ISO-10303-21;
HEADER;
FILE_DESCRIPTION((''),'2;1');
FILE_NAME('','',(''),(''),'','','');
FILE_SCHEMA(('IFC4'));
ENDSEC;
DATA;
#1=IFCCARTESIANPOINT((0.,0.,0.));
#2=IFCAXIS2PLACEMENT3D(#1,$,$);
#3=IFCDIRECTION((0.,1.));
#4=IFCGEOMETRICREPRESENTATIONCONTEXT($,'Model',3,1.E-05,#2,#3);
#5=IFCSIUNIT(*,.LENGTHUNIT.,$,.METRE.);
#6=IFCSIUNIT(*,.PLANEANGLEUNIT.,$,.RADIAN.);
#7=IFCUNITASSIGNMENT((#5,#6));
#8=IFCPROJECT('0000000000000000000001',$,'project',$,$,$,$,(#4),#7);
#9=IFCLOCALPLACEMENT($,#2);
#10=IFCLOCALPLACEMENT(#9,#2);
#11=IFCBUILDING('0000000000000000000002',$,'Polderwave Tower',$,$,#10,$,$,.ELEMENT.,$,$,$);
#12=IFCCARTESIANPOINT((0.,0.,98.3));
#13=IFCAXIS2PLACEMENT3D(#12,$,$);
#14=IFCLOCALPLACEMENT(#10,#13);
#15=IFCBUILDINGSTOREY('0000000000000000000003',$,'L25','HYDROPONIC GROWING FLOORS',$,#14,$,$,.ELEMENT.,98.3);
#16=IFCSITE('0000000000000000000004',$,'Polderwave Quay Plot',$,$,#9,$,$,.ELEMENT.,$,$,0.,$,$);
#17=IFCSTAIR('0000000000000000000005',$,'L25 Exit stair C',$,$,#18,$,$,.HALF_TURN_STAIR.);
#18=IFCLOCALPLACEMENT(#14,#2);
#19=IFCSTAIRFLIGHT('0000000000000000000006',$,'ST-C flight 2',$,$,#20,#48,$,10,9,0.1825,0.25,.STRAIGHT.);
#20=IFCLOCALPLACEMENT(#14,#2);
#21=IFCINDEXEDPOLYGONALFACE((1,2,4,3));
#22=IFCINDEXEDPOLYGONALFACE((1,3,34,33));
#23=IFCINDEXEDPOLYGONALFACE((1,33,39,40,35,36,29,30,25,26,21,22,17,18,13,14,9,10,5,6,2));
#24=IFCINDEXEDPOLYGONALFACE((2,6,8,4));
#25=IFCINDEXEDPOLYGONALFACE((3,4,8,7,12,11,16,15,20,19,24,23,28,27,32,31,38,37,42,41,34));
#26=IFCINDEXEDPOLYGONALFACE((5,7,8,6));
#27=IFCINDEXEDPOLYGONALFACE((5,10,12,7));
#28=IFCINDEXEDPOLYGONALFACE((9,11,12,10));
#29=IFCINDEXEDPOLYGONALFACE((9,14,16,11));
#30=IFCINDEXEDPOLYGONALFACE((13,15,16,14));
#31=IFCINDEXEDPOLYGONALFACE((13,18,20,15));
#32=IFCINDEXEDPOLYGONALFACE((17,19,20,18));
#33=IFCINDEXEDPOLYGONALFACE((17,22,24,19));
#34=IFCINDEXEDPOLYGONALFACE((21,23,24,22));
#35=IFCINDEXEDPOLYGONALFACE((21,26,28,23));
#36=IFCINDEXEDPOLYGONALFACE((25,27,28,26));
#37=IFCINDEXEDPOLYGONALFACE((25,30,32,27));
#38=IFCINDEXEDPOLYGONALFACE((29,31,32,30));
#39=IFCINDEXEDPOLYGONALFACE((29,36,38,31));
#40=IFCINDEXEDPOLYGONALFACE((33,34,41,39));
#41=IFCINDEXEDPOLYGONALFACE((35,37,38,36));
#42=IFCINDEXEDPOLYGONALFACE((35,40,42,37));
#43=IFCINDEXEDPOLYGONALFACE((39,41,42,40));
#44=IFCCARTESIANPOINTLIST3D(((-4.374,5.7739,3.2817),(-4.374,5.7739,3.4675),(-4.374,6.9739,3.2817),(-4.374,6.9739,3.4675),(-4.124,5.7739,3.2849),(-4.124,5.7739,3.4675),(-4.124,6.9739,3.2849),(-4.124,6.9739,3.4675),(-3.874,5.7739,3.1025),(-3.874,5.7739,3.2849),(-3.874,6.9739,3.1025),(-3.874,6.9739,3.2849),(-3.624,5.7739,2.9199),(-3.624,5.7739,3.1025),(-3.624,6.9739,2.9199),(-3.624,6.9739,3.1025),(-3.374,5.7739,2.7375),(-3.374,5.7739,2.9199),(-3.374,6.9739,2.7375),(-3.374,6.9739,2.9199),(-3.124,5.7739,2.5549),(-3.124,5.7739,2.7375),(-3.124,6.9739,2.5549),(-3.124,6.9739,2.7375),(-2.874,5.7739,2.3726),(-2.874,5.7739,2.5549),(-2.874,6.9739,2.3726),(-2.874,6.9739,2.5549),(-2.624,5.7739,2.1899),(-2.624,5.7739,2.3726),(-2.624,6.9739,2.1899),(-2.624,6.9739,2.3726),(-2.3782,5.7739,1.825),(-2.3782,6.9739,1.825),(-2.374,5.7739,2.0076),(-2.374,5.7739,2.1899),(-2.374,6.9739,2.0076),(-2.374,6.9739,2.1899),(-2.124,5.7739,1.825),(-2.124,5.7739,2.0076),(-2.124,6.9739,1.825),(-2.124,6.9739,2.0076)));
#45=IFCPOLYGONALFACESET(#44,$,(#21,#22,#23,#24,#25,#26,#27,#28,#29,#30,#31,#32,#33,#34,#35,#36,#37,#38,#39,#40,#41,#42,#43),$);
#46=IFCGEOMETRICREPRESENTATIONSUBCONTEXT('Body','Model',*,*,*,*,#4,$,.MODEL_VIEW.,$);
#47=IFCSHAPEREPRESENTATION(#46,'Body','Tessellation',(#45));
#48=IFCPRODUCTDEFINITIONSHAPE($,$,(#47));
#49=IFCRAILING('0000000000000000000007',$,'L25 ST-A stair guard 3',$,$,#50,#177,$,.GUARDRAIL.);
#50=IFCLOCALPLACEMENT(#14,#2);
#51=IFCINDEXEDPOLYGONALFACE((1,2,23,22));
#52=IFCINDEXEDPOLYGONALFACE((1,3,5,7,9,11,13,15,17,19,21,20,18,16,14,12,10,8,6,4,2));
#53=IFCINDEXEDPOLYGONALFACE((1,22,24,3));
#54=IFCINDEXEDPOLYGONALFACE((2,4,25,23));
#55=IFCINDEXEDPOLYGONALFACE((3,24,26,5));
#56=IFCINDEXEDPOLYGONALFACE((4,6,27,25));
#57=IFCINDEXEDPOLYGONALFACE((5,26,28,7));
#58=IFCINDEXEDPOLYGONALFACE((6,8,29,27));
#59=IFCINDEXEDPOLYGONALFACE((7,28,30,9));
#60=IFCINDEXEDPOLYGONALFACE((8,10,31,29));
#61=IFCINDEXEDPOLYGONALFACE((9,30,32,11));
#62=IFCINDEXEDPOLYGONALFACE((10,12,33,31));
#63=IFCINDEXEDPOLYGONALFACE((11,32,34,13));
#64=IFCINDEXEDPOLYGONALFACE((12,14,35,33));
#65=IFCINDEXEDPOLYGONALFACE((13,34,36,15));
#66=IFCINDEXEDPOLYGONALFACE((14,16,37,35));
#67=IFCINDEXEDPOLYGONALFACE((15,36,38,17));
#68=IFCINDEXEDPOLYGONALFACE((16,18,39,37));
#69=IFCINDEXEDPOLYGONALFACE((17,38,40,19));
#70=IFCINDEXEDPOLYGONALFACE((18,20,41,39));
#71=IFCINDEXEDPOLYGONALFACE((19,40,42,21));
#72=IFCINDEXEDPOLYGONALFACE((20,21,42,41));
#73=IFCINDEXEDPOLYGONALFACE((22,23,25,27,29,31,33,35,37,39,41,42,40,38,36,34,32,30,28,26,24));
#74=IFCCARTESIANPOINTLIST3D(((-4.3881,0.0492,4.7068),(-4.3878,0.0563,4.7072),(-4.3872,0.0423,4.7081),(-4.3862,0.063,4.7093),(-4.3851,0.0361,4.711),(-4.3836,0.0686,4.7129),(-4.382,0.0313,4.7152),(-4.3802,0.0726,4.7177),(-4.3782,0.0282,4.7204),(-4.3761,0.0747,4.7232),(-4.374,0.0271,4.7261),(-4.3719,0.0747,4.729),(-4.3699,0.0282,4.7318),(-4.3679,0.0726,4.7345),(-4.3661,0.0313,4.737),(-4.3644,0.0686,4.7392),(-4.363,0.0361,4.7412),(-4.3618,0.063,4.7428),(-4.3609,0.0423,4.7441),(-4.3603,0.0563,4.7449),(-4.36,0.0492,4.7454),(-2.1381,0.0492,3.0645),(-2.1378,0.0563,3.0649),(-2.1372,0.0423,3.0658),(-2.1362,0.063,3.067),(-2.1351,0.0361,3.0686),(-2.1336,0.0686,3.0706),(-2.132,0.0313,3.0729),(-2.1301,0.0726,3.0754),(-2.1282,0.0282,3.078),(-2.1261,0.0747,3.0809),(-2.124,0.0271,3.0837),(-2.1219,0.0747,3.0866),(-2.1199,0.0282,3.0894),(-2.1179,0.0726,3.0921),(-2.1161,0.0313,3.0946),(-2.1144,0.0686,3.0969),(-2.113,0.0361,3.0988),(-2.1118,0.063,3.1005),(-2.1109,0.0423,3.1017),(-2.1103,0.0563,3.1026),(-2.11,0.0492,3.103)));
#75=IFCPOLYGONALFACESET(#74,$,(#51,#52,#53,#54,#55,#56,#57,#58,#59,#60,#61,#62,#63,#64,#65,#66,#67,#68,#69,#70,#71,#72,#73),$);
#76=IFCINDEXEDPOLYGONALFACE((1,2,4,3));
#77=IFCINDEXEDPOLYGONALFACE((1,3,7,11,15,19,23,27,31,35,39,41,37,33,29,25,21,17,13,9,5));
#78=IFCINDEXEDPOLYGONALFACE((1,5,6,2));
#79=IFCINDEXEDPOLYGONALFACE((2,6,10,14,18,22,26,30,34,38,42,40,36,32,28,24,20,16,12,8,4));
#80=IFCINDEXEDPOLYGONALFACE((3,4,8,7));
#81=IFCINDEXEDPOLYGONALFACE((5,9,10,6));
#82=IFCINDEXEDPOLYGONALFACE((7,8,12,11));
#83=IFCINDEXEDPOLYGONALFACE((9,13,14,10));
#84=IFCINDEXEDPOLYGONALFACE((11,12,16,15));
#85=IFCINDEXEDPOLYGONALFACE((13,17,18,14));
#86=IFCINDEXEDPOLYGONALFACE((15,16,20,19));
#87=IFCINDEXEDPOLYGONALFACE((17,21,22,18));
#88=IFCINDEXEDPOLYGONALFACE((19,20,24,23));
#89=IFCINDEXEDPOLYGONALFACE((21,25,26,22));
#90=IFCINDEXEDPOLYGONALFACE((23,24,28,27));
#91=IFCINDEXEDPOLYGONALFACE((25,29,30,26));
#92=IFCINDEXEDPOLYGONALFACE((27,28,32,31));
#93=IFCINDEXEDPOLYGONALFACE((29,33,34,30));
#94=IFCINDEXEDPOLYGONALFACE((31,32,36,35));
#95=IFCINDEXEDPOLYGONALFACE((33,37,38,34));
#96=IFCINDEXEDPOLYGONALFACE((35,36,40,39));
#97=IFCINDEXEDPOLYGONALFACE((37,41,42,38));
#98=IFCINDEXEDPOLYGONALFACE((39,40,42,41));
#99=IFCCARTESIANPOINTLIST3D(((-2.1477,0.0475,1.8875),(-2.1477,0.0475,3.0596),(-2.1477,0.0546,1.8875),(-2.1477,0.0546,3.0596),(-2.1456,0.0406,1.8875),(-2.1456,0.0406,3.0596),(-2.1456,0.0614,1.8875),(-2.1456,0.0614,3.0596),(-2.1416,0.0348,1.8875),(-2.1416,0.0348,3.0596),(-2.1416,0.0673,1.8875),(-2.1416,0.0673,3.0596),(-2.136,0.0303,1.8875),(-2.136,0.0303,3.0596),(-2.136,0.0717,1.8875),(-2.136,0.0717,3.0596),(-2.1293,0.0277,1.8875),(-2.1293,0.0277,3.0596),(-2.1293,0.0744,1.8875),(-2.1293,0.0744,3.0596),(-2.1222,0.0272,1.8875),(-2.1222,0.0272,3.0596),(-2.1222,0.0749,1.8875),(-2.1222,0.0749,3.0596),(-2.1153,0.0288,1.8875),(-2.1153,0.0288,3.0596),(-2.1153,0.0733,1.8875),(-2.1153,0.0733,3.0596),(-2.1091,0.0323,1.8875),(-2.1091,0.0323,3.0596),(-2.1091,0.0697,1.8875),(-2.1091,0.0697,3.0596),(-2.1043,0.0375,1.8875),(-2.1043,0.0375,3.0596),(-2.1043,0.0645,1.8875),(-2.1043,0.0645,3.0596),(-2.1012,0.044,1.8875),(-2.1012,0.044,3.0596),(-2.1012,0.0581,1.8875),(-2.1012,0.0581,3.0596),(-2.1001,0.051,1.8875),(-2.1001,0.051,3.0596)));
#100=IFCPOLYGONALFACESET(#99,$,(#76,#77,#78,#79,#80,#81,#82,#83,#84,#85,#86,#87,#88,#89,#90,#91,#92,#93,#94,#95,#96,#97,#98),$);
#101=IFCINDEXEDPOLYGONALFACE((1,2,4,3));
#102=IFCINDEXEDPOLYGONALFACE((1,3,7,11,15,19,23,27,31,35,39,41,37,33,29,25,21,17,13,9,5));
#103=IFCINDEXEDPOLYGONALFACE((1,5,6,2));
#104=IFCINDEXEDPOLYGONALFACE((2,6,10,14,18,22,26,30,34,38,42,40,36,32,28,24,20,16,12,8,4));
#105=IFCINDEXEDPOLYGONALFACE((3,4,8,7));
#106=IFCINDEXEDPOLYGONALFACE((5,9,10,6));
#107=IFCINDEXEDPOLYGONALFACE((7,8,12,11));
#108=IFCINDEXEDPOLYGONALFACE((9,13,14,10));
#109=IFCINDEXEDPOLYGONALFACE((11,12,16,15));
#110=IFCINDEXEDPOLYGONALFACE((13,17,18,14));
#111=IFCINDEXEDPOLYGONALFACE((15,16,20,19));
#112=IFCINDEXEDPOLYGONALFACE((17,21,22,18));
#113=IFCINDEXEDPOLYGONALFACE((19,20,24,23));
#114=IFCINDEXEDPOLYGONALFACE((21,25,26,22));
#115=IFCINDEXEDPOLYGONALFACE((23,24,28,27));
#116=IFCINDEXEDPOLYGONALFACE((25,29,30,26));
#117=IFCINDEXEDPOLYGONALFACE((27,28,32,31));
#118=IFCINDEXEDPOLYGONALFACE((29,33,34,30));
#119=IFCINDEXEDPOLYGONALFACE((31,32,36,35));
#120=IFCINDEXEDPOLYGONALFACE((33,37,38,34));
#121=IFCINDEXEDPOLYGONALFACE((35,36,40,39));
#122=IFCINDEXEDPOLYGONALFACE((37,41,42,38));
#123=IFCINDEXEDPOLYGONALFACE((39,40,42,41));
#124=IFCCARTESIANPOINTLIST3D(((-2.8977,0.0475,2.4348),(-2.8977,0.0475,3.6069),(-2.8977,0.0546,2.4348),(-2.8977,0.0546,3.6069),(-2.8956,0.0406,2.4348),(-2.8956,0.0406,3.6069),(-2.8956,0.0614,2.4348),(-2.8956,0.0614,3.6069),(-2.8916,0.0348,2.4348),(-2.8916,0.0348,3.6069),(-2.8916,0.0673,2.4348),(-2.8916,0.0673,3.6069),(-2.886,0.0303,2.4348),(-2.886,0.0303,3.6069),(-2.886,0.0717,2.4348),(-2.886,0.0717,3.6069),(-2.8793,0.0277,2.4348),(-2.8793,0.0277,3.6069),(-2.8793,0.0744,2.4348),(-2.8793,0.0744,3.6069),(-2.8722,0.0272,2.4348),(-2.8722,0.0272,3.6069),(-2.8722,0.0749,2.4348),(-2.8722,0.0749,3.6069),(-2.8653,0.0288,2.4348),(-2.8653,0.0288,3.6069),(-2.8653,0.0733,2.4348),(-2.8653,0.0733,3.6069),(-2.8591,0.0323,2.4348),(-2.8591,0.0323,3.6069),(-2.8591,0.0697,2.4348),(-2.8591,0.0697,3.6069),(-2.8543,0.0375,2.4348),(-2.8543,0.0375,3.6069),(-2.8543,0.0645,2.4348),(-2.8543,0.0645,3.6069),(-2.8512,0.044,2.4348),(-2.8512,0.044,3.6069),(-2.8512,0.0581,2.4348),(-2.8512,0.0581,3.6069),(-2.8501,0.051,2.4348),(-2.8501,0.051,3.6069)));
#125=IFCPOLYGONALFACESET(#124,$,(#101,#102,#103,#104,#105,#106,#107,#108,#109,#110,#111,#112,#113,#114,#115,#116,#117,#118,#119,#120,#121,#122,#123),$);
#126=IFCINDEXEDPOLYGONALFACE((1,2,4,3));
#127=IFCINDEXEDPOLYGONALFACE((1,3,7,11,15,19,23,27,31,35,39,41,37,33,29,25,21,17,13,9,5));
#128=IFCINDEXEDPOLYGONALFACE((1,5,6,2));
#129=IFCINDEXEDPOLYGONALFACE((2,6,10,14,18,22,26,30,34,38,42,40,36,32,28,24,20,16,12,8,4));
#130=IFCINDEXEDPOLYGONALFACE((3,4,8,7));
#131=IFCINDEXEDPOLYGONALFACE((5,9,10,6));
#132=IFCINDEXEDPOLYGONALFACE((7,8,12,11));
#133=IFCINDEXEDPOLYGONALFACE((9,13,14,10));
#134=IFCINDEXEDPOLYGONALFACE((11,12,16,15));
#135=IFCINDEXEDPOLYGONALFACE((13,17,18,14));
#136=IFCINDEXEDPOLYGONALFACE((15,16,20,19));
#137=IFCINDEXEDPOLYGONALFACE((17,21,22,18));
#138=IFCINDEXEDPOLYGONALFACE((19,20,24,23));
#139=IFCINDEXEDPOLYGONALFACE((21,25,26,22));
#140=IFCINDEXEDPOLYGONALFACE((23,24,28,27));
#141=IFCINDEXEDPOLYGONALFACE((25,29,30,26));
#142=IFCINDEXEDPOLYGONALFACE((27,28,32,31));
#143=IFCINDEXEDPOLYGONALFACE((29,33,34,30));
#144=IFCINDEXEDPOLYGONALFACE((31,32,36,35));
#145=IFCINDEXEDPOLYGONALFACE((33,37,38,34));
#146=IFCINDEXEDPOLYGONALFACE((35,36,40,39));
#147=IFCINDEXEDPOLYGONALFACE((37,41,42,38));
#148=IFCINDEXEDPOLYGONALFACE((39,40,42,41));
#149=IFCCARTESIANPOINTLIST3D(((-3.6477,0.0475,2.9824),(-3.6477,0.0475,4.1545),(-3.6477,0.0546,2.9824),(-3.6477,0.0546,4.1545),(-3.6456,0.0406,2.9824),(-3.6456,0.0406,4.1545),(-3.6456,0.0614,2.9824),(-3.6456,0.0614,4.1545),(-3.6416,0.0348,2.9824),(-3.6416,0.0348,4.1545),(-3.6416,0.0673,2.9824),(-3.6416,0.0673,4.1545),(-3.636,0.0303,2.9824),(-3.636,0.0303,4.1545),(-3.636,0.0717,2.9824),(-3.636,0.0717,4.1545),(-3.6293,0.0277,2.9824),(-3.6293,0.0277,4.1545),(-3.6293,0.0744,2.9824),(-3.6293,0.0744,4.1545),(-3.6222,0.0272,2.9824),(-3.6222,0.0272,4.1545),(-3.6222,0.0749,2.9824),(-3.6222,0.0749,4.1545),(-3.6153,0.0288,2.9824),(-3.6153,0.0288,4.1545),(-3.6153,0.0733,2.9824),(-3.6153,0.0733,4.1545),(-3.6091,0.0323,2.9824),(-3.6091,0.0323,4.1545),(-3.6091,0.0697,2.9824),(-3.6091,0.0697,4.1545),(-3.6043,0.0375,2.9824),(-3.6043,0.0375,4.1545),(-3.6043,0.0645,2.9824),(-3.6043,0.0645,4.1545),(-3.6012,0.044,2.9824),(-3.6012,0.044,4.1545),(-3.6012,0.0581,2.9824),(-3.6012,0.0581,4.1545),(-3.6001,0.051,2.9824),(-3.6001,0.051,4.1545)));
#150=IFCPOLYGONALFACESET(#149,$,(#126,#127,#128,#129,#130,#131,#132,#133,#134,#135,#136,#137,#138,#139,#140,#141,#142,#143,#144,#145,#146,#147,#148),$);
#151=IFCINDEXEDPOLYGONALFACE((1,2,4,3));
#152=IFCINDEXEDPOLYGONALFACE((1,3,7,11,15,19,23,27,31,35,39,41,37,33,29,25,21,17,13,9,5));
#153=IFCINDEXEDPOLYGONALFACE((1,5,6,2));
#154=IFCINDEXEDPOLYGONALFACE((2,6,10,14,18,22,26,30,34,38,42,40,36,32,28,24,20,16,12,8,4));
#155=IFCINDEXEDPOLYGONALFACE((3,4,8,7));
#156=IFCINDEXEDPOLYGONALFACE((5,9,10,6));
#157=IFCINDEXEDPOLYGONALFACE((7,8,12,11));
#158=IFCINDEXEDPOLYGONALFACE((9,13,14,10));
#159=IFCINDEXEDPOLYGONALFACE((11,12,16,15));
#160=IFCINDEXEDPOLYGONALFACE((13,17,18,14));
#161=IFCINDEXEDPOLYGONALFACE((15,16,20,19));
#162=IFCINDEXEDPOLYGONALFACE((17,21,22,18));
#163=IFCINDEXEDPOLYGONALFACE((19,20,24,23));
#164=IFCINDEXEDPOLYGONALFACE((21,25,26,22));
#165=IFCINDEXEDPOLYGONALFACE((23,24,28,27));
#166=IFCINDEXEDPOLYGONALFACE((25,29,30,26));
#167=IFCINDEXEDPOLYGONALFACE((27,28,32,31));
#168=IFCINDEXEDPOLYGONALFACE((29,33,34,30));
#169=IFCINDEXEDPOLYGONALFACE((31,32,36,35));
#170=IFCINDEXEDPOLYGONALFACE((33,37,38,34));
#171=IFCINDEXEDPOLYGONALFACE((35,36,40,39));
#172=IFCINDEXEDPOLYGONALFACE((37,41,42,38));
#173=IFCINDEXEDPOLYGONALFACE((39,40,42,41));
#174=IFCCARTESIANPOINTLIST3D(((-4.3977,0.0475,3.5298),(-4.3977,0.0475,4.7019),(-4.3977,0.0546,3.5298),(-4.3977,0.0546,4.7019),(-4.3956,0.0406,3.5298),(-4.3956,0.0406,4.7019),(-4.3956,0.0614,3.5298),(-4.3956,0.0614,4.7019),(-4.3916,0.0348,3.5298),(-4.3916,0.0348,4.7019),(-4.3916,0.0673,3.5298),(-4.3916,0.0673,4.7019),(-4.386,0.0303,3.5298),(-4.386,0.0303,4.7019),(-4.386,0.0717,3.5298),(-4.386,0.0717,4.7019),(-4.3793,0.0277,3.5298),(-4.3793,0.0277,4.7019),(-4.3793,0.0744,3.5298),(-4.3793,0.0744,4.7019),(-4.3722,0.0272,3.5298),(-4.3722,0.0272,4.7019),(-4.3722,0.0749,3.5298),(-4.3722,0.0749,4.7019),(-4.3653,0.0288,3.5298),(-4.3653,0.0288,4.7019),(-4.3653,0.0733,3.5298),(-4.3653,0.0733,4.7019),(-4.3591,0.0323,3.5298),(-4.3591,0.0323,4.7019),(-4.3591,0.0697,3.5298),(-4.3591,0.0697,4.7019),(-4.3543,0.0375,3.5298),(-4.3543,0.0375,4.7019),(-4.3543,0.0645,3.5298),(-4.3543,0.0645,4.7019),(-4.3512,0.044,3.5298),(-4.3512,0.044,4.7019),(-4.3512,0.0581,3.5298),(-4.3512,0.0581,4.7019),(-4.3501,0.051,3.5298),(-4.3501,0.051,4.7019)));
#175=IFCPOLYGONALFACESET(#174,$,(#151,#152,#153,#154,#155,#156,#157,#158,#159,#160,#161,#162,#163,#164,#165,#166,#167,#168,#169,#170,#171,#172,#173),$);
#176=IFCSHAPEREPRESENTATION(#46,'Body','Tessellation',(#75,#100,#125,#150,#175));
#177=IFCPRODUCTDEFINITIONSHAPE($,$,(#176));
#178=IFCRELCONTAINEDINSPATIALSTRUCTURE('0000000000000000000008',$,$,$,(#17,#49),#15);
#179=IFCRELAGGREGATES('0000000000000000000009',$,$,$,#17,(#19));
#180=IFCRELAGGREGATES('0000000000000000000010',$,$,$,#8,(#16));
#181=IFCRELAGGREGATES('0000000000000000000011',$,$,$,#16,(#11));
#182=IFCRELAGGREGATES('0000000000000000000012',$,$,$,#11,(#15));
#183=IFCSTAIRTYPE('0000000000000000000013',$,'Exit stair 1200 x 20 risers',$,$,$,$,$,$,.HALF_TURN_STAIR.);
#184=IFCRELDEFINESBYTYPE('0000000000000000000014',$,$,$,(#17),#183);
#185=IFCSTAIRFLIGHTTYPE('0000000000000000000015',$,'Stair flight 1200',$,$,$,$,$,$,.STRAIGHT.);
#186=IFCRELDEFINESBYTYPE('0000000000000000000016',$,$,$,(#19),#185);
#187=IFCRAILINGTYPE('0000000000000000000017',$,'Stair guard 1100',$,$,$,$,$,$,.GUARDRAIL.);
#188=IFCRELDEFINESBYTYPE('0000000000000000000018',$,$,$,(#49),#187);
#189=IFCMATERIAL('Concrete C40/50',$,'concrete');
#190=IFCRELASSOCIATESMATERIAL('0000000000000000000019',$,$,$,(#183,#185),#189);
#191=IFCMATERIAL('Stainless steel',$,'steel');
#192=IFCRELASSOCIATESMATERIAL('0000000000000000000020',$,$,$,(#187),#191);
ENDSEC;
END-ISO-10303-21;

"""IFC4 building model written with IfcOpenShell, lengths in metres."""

from ifc_helpers import new_model, si_unit, direction, frame, origin, origin_2d, place, context, subcontext, project, spatial, polyline, circle, outline, extrude, material, type_object, element, aggregate, save


model = new_model("IFC4")

# Units and contexts
model_context = context("Model", 3, precision=1e-05, world=origin(), true_north=direction((0.0, 1.0)))
body_context = subcontext(model_context, "Body", "Model", "MODEL_VIEW")
ifc_project = project(units=[si_unit("LENGTHUNIT", "METRE"), si_unit("PLANEANGLEUNIT", "RADIAN")], contexts=[model_context])

# Site, building, storey
site_placement = place(None, origin())
site = spatial("IfcSite", under=ifc_project, at=site_placement, Name="Polderwave Quay Plot", CompositionType="ELEMENT", RefElevation=0.0)
building_placement = place(site_placement, origin())
building = spatial("IfcBuilding", under=site, at=building_placement, Name="Polderwave Tower", CompositionType="ELEMENT")
storey_placement = place(building_placement, frame((0.0, 0.0, 98.3)))
storey = spatial("IfcBuildingStorey", under=building, at=storey_placement, Name="L25", Description="HYDROPONIC GROWING FLOORS", CompositionType="ELEMENT", Elevation=98.3)

# Shared definitions
ifc_material_1 = material(Name="Concrete C40/50", Category="concrete")
stair_type = type_object("IfcStairType", Name="Exit stair 1200 x 20 risers", PredefinedType="HALF_TURN_STAIR", material=ifc_material_1)
stair_flight_type = type_object("IfcStairFlightType", Name="Stair flight 1200", PredefinedType="STRAIGHT", material=ifc_material_1)

# Stair, stair flight
stair_1_placement = place(storey_placement, origin())
stair_1 = element("IfcStair", 1, at=stair_1_placement, inside=storey, type_object=stair_type, Name="L25 Exit stair C", PredefinedType="HALF_TURN_STAIR")
stair_flight_1_placement = place(storey_placement, frame((-2.124, 6.374, 1.825), z_axis=(0.0, 0.0, 1.0), x_axis=(-1.0, 0.0, 0.0)))
stair_flight_1 = element("IfcStairFlight", 2, at=stair_flight_1_placement, type_object=stair_flight_type, Name="ST-C flight 2", NumberOfRisers=10, NumberOfTreads=9, PredefinedType="STRAIGHT", RiserHeight=0.1825, TreadLength=0.25, context=body_context, shape_type="SweptSolid", body=[
    extrude(outline(polyline([(0.0, 0.0), (0.0, 0.1826), (0.25, 0.1826), (0.25, 0.365), (0.5, 0.365), (0.5, 0.5476), (0.75, 0.5476), (0.75, 0.73), (1.0, 0.73), (1.0, 0.9126), (1.25, 0.9126), (1.25, 1.095), (1.5, 1.095), (1.5, 1.2776), (1.75, 1.2776), (1.75, 1.46), (2.0, 1.46), (2.0, 1.6426), (2.25, 1.6426), (2.25, 1.825), (2.25, 1.4568), (0.2542, 0.0), (0.0, 0.0)])), frame((0.0, 0.6001, 0.0), z_axis=(0.0, -1.0, 0.0), x_axis=(1.0, 0.0, 0.0)), (0.0, 0.0, 1.0), 1.2),
])
aggregate(stair_1, [stair_flight_1])

# Railing
ifc_material_2 = material(Name="Stainless steel", Category="steel")
railing_type_1 = type_object("IfcRailingType", Name="Stair guard 1100", PredefinedType="GUARDRAIL", material=ifc_material_2)
railing_1_placement = place(storey_placement, frame((-2.124, 0.051, 1.8875)))
element("IfcRailing", 3, at=railing_1_placement, inside=storey, type_object=railing_type_1, Name="L25 ST-A stair guard 3", PredefinedType="GUARDRAIL", context=body_context, shape_type="SweptSolid", body=[
    extrude(circle(Radius=0.0239, at=origin_2d()), frame((0.0, 0.0, 1.1963), z_axis=(-0.807715, 0.0, 0.589573), x_axis=(0.0, -1.0, 0.0)), (0.0, 0.0, 1.0), 2.7856),
    extrude(circle(Radius=0.0239, at=origin_2d()), origin(), (0.0, 0.0, 1.0), 1.1721),
    extrude(circle(Radius=0.0239, at=origin_2d()), frame((-0.75, 0.0, 0.5474)), (0.0, 0.0, 1.0), 1.1721),
    extrude(circle(Radius=0.0239, at=origin_2d()), frame((-1.5, 0.0, 1.095)), (0.0, 0.0, 1.0), 1.1721),
    extrude(circle(Radius=0.0239, at=origin_2d()), frame((-2.25, 0.0, 1.6423)), (0.0, 0.0, 1.0), 1.1721),
])

save(model, "model.ifc")
